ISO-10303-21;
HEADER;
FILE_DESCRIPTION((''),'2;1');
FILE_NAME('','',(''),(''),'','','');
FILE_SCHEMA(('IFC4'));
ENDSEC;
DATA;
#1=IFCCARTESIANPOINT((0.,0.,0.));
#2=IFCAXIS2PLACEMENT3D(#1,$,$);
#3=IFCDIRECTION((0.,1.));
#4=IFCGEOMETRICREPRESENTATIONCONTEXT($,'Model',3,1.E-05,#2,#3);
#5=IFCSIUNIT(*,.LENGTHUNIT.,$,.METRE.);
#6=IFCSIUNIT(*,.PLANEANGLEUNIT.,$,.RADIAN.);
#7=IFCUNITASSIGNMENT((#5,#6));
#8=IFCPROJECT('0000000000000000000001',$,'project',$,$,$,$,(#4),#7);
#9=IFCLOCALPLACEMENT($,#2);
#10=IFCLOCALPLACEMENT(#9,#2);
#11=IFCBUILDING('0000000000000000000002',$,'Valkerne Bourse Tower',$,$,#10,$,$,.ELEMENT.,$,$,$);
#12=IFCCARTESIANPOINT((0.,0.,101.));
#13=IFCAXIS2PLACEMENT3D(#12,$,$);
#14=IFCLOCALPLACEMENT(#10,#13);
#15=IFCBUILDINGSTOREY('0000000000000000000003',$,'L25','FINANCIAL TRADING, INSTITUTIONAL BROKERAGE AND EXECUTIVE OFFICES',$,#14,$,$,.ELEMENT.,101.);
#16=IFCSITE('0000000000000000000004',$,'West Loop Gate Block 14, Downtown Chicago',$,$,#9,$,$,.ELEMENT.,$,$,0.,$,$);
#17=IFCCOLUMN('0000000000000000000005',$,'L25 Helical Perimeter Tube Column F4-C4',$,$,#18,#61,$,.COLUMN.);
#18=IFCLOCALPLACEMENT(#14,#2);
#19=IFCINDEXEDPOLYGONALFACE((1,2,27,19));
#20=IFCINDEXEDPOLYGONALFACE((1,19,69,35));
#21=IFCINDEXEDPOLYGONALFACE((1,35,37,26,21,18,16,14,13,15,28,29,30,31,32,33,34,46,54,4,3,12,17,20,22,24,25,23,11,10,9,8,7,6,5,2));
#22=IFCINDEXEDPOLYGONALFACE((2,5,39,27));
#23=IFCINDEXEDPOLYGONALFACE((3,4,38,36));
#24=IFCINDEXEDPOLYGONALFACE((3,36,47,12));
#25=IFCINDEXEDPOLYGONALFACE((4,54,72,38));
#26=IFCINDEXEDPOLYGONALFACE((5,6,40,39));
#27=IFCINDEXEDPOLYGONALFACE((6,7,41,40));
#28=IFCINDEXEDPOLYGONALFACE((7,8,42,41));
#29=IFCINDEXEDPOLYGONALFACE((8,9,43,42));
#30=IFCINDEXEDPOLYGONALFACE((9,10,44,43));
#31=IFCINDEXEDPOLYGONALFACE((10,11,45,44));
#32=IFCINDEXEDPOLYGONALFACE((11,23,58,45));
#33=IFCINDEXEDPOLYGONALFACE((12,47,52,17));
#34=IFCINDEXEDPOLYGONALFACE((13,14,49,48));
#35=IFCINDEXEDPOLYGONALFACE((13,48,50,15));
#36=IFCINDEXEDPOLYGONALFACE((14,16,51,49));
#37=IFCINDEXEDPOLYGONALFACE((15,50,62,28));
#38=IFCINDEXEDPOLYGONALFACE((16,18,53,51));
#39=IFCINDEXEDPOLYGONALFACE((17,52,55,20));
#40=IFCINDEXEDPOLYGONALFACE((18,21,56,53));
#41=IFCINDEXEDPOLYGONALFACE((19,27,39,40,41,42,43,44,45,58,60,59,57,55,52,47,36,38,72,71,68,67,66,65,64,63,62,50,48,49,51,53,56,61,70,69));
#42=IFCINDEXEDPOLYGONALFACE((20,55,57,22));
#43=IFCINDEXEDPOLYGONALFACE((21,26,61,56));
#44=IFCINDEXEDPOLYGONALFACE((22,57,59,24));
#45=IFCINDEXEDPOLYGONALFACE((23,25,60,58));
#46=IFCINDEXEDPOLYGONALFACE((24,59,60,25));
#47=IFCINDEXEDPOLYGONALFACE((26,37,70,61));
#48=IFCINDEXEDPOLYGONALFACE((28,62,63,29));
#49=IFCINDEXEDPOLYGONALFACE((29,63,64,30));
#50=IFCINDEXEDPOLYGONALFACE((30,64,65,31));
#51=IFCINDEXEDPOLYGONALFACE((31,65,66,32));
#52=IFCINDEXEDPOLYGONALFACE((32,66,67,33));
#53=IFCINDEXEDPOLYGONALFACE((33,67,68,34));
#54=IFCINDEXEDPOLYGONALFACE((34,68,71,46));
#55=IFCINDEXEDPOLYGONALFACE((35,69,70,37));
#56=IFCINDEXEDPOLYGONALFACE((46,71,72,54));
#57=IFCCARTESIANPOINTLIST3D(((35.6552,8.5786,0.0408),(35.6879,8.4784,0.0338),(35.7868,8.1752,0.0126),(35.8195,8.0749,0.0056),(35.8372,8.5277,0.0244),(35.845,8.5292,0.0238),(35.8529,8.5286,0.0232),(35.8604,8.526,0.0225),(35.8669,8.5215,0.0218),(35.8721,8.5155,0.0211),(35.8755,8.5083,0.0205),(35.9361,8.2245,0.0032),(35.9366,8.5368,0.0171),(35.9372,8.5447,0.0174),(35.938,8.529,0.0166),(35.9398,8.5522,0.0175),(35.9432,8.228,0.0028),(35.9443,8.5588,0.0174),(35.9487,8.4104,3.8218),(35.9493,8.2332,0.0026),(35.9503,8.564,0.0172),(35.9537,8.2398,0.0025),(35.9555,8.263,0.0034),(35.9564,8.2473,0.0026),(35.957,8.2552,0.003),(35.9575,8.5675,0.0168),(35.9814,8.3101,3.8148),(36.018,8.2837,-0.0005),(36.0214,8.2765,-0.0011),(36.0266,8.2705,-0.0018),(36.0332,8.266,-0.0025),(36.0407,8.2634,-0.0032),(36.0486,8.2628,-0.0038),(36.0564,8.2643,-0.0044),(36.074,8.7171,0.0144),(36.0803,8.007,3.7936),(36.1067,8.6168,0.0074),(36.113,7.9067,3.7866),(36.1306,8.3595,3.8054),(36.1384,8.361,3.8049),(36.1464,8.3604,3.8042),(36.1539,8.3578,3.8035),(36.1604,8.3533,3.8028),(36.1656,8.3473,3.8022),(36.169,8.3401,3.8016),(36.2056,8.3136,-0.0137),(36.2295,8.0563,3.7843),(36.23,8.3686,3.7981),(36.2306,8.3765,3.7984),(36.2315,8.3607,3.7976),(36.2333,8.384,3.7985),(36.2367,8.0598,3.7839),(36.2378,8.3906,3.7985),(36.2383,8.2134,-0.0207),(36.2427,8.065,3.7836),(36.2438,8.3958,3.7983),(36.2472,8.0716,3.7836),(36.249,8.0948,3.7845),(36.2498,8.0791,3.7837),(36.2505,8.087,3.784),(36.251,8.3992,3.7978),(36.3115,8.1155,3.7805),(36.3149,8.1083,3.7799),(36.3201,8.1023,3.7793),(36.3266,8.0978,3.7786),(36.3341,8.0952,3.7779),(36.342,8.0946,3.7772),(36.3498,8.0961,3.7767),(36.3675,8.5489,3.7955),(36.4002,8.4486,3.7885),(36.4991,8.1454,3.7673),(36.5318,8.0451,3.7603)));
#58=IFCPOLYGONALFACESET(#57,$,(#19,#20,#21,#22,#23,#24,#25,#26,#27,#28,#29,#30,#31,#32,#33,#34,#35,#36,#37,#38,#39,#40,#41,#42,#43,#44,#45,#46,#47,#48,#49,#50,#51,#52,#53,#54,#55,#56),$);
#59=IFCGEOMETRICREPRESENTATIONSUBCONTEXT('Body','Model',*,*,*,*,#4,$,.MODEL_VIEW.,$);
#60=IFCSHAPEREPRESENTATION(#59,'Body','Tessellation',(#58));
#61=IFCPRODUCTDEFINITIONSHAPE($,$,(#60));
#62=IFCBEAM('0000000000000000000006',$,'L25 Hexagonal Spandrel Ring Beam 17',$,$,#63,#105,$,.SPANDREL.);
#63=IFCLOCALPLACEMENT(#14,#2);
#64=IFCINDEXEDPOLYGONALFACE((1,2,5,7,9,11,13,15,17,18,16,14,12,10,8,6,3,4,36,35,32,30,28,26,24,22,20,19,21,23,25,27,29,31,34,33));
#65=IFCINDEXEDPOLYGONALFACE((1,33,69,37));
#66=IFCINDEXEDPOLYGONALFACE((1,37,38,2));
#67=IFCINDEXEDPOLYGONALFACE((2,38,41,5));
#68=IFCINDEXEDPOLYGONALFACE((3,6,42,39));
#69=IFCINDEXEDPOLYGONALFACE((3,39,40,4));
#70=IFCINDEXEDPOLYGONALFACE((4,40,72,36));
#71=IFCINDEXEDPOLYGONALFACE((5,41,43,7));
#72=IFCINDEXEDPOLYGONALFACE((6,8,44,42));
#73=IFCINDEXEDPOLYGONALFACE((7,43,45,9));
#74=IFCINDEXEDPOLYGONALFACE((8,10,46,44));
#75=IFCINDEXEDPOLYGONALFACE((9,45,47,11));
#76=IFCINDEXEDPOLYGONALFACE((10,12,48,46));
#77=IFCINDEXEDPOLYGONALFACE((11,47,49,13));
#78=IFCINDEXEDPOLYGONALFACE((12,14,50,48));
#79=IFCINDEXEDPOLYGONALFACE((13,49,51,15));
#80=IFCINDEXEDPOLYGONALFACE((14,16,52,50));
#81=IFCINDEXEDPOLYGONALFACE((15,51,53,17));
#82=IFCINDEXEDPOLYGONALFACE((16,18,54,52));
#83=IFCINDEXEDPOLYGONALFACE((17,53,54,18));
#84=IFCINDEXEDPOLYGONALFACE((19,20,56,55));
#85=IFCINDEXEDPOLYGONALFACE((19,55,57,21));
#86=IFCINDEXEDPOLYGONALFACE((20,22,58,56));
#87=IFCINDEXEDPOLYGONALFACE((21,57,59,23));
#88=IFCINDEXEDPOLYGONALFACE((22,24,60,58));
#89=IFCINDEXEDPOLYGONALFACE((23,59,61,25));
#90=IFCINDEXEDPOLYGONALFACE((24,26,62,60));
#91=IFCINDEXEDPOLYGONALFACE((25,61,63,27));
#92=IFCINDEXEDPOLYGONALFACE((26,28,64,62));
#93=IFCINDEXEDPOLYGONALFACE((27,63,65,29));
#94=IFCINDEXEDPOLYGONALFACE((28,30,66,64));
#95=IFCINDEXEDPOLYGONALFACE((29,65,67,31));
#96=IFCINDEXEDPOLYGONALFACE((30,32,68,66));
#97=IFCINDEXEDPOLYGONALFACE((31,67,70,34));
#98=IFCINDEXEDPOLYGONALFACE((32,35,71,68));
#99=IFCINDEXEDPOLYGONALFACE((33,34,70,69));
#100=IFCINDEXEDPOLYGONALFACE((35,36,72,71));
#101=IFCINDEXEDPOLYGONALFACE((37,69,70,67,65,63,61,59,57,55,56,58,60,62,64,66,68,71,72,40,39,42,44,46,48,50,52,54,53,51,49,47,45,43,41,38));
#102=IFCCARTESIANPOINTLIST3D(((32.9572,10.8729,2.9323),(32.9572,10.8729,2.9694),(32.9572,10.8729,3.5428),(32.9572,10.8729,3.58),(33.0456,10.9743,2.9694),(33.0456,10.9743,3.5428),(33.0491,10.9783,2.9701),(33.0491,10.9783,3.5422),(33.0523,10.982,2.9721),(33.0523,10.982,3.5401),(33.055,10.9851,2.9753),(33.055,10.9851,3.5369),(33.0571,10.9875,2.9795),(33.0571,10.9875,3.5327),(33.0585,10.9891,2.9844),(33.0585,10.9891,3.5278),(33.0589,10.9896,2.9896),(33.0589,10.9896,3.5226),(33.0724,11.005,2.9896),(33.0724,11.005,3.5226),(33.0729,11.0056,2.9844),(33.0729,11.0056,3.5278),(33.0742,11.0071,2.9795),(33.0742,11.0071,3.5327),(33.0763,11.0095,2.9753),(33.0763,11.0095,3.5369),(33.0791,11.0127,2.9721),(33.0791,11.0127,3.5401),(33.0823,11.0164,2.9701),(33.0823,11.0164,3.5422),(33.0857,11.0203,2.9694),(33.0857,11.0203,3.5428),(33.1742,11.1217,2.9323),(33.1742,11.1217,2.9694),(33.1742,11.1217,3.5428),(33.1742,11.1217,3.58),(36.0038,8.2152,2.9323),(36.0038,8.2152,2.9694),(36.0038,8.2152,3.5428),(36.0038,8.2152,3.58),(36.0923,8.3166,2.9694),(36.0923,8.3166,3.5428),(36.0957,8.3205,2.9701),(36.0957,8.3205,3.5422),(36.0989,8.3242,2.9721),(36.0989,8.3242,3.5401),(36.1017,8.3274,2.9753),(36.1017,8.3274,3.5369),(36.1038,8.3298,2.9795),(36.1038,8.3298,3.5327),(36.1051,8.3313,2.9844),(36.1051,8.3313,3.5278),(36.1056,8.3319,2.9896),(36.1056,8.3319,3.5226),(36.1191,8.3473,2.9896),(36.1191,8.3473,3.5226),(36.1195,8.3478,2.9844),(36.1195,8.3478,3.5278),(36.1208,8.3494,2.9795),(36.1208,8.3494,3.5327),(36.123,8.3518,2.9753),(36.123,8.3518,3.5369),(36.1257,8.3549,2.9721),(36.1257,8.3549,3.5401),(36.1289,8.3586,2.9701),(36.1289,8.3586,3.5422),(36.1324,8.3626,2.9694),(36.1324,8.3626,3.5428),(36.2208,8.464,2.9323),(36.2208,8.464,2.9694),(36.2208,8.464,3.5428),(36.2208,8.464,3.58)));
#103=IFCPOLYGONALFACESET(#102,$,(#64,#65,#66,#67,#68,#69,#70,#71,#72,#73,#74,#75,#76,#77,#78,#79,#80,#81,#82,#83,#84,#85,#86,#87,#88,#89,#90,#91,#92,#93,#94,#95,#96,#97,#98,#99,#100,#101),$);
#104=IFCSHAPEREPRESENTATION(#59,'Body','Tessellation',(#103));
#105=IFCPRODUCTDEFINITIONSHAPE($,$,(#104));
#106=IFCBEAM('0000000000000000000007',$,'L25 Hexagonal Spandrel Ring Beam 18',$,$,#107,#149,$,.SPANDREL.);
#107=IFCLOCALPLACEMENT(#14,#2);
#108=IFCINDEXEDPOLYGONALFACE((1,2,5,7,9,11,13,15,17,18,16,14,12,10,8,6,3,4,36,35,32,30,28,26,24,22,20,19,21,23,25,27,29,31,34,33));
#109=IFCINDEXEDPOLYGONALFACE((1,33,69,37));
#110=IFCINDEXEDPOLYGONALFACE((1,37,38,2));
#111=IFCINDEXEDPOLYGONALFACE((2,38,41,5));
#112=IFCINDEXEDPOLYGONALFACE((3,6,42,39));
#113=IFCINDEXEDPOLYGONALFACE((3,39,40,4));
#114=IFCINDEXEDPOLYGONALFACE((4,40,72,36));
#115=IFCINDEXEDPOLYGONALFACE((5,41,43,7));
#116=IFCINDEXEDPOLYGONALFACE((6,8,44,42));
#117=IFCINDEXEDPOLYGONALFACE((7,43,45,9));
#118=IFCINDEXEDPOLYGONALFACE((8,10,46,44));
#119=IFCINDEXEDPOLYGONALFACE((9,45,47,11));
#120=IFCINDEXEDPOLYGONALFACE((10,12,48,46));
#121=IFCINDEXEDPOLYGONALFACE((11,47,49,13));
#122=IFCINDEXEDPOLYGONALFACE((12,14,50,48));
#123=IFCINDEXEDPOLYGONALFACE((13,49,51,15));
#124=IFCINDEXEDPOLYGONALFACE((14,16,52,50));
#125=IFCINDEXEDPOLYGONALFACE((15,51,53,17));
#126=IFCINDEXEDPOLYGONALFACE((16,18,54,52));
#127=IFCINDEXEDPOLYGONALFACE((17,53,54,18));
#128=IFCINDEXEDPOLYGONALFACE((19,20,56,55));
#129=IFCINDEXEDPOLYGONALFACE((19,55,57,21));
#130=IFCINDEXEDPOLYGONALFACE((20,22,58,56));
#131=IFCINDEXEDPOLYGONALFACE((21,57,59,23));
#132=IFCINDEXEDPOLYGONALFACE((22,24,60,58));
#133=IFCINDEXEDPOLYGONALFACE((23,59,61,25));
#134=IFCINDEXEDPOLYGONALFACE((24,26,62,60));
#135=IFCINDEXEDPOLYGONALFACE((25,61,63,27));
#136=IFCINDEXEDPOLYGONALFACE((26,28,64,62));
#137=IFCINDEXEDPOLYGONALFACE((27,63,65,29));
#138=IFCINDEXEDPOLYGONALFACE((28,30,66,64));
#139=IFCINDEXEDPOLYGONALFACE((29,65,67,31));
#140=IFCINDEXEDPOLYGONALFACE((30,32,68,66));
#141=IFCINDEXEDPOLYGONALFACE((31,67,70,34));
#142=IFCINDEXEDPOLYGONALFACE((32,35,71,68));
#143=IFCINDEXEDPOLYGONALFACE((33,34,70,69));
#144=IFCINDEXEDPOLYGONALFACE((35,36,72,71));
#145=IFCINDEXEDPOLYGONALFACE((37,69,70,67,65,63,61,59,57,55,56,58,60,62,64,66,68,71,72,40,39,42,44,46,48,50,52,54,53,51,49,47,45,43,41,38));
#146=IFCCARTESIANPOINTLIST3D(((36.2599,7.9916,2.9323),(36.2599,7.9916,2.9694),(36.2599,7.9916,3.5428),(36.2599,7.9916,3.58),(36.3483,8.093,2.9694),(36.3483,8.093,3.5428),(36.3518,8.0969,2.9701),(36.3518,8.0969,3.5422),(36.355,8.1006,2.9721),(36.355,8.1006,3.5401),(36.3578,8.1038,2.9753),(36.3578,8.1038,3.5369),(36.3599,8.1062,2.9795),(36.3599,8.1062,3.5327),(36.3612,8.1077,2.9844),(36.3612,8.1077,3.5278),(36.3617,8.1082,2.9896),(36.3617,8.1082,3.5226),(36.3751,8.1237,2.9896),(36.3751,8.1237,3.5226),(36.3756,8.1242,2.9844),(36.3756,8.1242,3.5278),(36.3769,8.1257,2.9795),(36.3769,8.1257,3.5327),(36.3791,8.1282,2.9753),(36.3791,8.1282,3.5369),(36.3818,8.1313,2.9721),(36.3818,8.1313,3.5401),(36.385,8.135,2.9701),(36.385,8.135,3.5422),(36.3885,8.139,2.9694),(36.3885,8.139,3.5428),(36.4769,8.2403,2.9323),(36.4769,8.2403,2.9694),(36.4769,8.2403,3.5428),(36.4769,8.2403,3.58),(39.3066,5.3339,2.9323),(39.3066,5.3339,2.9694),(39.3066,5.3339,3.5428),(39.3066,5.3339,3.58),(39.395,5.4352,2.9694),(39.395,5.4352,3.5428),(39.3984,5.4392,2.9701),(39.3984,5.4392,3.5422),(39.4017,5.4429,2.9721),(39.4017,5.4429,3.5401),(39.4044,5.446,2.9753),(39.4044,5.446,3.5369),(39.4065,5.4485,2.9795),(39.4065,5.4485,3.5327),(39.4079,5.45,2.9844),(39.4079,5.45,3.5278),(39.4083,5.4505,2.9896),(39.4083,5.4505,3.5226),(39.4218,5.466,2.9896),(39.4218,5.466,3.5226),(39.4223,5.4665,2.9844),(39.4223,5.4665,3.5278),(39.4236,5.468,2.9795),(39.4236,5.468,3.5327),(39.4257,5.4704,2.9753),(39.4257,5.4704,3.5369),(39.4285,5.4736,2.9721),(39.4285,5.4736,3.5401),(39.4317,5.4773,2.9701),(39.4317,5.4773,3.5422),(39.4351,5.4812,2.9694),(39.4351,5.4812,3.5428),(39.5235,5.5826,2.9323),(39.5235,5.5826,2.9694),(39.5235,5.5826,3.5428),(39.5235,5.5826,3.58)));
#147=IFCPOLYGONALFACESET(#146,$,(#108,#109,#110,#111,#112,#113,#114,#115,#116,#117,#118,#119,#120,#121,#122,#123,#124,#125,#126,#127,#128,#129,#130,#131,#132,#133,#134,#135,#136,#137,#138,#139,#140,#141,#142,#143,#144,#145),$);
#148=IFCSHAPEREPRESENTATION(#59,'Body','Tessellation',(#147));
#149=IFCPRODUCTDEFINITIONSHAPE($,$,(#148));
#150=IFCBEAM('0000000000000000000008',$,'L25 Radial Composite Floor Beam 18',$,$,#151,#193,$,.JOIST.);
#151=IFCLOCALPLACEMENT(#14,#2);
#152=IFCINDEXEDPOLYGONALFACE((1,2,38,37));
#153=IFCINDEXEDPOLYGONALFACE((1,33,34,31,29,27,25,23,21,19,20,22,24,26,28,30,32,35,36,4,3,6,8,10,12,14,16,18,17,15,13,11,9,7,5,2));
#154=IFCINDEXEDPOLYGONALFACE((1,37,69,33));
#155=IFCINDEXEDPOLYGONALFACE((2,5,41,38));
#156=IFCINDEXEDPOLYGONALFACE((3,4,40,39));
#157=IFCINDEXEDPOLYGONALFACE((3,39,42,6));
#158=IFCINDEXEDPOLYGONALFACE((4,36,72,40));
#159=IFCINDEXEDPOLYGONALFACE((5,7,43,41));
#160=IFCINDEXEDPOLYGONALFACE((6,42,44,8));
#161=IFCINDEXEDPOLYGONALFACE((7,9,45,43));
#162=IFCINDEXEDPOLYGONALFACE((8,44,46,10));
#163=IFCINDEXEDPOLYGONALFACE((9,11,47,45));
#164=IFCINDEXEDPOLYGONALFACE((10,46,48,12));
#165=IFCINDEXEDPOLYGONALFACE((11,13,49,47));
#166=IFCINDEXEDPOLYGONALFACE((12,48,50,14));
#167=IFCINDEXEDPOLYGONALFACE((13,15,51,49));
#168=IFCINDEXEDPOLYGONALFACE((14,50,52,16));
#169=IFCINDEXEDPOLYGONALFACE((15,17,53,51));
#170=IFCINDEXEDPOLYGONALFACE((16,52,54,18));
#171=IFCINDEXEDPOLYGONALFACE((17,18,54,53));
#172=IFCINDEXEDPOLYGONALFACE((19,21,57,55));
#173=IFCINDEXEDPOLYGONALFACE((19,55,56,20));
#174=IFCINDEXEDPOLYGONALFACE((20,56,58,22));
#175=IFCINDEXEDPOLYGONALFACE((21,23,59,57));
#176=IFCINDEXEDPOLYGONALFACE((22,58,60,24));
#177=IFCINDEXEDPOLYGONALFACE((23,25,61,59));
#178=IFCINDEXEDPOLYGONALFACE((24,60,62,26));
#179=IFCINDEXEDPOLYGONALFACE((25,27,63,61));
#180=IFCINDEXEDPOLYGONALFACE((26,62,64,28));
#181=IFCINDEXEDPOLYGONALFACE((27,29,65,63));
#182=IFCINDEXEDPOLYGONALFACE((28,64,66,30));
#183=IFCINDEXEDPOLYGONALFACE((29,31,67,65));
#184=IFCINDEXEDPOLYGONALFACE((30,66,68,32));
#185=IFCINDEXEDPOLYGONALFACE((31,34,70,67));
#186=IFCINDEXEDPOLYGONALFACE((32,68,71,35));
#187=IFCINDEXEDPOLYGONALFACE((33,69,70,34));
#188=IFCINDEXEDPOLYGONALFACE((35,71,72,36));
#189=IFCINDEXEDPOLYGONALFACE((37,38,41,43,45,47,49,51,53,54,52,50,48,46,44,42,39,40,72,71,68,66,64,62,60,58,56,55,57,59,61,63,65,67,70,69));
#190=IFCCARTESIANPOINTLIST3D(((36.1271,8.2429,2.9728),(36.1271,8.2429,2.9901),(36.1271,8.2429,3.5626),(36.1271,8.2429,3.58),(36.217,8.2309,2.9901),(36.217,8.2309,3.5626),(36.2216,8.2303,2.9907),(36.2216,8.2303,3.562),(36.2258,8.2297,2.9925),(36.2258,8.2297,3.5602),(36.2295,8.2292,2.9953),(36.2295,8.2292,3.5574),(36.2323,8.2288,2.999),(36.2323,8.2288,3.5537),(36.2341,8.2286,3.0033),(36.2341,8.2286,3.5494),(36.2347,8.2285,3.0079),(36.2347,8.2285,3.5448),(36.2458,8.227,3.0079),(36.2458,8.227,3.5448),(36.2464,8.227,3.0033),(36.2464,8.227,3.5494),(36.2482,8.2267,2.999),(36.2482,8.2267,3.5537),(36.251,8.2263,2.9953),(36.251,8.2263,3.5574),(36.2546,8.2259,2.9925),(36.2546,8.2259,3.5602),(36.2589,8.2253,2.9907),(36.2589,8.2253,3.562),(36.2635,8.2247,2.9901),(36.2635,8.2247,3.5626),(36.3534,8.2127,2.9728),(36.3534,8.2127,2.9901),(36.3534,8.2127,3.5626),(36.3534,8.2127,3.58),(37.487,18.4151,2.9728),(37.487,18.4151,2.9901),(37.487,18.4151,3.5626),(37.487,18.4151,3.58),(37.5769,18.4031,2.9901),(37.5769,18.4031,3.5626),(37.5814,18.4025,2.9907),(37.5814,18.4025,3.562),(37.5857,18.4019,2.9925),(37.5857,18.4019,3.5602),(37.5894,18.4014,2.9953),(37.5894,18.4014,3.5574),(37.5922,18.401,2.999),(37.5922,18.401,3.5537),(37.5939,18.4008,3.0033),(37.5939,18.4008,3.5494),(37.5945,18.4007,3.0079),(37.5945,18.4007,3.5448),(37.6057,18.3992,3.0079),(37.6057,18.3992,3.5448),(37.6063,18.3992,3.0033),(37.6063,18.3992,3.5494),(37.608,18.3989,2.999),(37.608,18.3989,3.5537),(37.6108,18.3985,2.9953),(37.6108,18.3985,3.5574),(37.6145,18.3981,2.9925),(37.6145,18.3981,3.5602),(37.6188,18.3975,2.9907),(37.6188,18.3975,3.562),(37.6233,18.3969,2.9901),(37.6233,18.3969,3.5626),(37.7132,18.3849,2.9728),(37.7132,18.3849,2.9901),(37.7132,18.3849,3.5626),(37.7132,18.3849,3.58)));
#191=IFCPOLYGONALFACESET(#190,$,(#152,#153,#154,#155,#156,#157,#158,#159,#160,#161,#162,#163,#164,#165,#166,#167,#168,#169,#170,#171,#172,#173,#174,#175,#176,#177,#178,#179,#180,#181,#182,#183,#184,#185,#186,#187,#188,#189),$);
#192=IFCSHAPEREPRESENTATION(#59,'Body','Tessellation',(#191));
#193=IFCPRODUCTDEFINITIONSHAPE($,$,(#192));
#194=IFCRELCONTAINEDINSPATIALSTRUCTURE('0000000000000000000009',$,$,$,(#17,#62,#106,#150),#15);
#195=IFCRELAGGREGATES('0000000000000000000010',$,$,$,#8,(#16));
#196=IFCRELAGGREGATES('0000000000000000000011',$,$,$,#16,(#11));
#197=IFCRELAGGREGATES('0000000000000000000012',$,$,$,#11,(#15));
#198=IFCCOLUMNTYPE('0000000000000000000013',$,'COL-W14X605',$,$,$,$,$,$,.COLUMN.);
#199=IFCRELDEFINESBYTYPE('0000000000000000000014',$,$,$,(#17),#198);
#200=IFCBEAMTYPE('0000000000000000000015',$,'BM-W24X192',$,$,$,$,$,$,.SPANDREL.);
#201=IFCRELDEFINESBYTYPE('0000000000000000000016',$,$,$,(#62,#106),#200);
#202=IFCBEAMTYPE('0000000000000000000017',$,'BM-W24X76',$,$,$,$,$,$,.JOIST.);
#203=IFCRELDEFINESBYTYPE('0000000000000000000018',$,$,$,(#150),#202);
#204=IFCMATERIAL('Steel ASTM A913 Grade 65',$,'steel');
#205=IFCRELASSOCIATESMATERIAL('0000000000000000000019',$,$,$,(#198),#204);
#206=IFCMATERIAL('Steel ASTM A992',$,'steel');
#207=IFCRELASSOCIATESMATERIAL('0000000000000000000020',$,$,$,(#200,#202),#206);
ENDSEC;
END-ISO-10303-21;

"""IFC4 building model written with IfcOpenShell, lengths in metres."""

from ifc_helpers import new_model, si_unit, direction, frame, origin, origin_2d, place, context, subcontext, project, spatial, i_section, extrude, material, material_profile, profile_set, type_object, element, save


model = new_model("IFC4")

# Units and contexts
model_context = context("Model", 3, precision=1e-05, world=origin(), true_north=direction((0.0, 1.0)))
body_context = subcontext(model_context, "Body", "Model", "MODEL_VIEW")
ifc_project = project(units=[si_unit("LENGTHUNIT", "METRE"), si_unit("PLANEANGLEUNIT", "RADIAN")], contexts=[model_context])

# Site, building, storey
site_placement = place(None, origin())
site = spatial("IfcSite", under=ifc_project, at=site_placement, Name="West Loop Gate Block 14, Downtown Chicago", CompositionType="ELEMENT", RefElevation=0.0)
building_placement = place(site_placement, origin())
building = spatial("IfcBuilding", under=site, at=building_placement, Name="Valkerne Bourse Tower", CompositionType="ELEMENT")
storey_placement = place(building_placement, frame((0.0, 0.0, 101.0)))
storey = spatial("IfcBuildingStorey", under=building, at=storey_placement, Name="L25", Description="FINANCIAL TRADING, INSTITUTIONAL BROKERAGE AND EXECUTIVE OFFICES", CompositionType="ELEMENT", Elevation=101.0)

# Column
ifc_material_1 = material(Name="Steel ASTM A913 Grade 65", Category="steel")
ifc_material_profile_1 = material_profile(ifc_material_1, i_section(OverallWidth=0.4419, OverallDepth=0.531, WebThickness=0.0659, FlangeThickness=0.1057, FilletRadius=0.0305, at=origin_2d()), Name="W14X605")
ifc_profile_set_1 = profile_set([ifc_material_profile_1], Name="Steel ASTM A913 Grade 65")
column_type = type_object("IfcColumnType", Name="COL-W14X605", PredefinedType="COLUMN", material=ifc_profile_set_1)
column_placement = place(storey_placement, frame((35.9468, 8.396, 0.01), z_axis=(0.077305, -0.044312, 0.996022), x_axis=(0.947782, 0.313297, -0.059622)))
element("IfcColumn", 1, at=column_placement, inside=storey, type_object=column_type, Name="L25 Helical Perimeter Tube Column F4-C4", PredefinedType="COLUMN", context=body_context, shape_type="SweptSolid", body=[
    extrude(i_section(OverallWidth=0.4419, OverallDepth=0.531, WebThickness=0.0659, FlangeThickness=0.1057, FilletRadius=0.0305, at=origin_2d()), origin(), (0.0, 0.0, 1.0), 3.7961),
])

# Beams
ifc_material_2 = material(Name="Steel ASTM A992", Category="steel")
ifc_material_profile_2 = material_profile(ifc_material_2, i_section(OverallWidth=0.3301, OverallDepth=0.6477, WebThickness=0.0205, FlangeThickness=0.0371, FilletRadius=0.0203, at=origin_2d()), Name="W24X192")
ifc_profile_set_2 = profile_set([ifc_material_profile_2], Name="Steel ASTM A992")
beam_type_1 = type_object("IfcBeamType", Name="BM-W24X192", PredefinedType="SPANDREL", material=ifc_profile_set_2)
for number, where, z_axis, x_axis, name in (
    (2, (33.0657, 10.9973, 3.2561), (0.753567, -0.657371, 0.0), (0.657371, 0.753567, 0.0), "L25 Hexagonal Spandrel Ring Beam 17"),
    (3, (36.3684, 8.116, 3.2561), (0.753567, -0.657371, 0.0), (0.657371, 0.753567, 0.0), "L25 Hexagonal Spandrel Ring Beam 18"),
):
    element("IfcBeam", number, at=place(storey_placement, frame(where, z_axis=z_axis, x_axis=x_axis)), inside=storey, type_object=beam_type_1, Name=name, PredefinedType="SPANDREL", context=body_context, shape_type="SweptSolid", body=[
        extrude(i_section(OverallWidth=0.3301, OverallDepth=0.6477, WebThickness=0.0205, FlangeThickness=0.0371, FilletRadius=0.0203, at=origin_2d()), origin(), (0.0, 0.0, 1.0), 4.043),
    ])
ifc_material_profile_3 = material_profile(ifc_material_2, i_section(OverallWidth=0.2283, OverallDepth=0.6072, WebThickness=0.0112, FlangeThickness=0.0173, FilletRadius=0.0178, at=origin_2d()), Name="W24X76")
ifc_profile_set_3 = profile_set([ifc_material_profile_3], Name="Steel ASTM A992")
beam_type_2 = type_object("IfcBeamType", Name="BM-W24X76", PredefinedType="JOIST", material=ifc_profile_set_3)
beam_placement = place(storey_placement, frame((36.2402, 8.2278, 3.2764), z_axis=(0.132507, 0.991182, 0.0), x_axis=(-0.991182, 0.132507, 0.0)))
element("IfcBeam", 4, at=beam_placement, inside=storey, type_object=beam_type_2, Name="L25 Radial Composite Floor Beam 18", PredefinedType="JOIST", context=body_context, shape_type="SweptSolid", body=[
    extrude(i_section(OverallWidth=0.2283, OverallDepth=0.6072, WebThickness=0.0112, FlangeThickness=0.0173, FilletRadius=0.0178, at=origin_2d()), origin(), (0.0, 0.0, 1.0), 10.2627),
])

save(model, "model.ifc")
